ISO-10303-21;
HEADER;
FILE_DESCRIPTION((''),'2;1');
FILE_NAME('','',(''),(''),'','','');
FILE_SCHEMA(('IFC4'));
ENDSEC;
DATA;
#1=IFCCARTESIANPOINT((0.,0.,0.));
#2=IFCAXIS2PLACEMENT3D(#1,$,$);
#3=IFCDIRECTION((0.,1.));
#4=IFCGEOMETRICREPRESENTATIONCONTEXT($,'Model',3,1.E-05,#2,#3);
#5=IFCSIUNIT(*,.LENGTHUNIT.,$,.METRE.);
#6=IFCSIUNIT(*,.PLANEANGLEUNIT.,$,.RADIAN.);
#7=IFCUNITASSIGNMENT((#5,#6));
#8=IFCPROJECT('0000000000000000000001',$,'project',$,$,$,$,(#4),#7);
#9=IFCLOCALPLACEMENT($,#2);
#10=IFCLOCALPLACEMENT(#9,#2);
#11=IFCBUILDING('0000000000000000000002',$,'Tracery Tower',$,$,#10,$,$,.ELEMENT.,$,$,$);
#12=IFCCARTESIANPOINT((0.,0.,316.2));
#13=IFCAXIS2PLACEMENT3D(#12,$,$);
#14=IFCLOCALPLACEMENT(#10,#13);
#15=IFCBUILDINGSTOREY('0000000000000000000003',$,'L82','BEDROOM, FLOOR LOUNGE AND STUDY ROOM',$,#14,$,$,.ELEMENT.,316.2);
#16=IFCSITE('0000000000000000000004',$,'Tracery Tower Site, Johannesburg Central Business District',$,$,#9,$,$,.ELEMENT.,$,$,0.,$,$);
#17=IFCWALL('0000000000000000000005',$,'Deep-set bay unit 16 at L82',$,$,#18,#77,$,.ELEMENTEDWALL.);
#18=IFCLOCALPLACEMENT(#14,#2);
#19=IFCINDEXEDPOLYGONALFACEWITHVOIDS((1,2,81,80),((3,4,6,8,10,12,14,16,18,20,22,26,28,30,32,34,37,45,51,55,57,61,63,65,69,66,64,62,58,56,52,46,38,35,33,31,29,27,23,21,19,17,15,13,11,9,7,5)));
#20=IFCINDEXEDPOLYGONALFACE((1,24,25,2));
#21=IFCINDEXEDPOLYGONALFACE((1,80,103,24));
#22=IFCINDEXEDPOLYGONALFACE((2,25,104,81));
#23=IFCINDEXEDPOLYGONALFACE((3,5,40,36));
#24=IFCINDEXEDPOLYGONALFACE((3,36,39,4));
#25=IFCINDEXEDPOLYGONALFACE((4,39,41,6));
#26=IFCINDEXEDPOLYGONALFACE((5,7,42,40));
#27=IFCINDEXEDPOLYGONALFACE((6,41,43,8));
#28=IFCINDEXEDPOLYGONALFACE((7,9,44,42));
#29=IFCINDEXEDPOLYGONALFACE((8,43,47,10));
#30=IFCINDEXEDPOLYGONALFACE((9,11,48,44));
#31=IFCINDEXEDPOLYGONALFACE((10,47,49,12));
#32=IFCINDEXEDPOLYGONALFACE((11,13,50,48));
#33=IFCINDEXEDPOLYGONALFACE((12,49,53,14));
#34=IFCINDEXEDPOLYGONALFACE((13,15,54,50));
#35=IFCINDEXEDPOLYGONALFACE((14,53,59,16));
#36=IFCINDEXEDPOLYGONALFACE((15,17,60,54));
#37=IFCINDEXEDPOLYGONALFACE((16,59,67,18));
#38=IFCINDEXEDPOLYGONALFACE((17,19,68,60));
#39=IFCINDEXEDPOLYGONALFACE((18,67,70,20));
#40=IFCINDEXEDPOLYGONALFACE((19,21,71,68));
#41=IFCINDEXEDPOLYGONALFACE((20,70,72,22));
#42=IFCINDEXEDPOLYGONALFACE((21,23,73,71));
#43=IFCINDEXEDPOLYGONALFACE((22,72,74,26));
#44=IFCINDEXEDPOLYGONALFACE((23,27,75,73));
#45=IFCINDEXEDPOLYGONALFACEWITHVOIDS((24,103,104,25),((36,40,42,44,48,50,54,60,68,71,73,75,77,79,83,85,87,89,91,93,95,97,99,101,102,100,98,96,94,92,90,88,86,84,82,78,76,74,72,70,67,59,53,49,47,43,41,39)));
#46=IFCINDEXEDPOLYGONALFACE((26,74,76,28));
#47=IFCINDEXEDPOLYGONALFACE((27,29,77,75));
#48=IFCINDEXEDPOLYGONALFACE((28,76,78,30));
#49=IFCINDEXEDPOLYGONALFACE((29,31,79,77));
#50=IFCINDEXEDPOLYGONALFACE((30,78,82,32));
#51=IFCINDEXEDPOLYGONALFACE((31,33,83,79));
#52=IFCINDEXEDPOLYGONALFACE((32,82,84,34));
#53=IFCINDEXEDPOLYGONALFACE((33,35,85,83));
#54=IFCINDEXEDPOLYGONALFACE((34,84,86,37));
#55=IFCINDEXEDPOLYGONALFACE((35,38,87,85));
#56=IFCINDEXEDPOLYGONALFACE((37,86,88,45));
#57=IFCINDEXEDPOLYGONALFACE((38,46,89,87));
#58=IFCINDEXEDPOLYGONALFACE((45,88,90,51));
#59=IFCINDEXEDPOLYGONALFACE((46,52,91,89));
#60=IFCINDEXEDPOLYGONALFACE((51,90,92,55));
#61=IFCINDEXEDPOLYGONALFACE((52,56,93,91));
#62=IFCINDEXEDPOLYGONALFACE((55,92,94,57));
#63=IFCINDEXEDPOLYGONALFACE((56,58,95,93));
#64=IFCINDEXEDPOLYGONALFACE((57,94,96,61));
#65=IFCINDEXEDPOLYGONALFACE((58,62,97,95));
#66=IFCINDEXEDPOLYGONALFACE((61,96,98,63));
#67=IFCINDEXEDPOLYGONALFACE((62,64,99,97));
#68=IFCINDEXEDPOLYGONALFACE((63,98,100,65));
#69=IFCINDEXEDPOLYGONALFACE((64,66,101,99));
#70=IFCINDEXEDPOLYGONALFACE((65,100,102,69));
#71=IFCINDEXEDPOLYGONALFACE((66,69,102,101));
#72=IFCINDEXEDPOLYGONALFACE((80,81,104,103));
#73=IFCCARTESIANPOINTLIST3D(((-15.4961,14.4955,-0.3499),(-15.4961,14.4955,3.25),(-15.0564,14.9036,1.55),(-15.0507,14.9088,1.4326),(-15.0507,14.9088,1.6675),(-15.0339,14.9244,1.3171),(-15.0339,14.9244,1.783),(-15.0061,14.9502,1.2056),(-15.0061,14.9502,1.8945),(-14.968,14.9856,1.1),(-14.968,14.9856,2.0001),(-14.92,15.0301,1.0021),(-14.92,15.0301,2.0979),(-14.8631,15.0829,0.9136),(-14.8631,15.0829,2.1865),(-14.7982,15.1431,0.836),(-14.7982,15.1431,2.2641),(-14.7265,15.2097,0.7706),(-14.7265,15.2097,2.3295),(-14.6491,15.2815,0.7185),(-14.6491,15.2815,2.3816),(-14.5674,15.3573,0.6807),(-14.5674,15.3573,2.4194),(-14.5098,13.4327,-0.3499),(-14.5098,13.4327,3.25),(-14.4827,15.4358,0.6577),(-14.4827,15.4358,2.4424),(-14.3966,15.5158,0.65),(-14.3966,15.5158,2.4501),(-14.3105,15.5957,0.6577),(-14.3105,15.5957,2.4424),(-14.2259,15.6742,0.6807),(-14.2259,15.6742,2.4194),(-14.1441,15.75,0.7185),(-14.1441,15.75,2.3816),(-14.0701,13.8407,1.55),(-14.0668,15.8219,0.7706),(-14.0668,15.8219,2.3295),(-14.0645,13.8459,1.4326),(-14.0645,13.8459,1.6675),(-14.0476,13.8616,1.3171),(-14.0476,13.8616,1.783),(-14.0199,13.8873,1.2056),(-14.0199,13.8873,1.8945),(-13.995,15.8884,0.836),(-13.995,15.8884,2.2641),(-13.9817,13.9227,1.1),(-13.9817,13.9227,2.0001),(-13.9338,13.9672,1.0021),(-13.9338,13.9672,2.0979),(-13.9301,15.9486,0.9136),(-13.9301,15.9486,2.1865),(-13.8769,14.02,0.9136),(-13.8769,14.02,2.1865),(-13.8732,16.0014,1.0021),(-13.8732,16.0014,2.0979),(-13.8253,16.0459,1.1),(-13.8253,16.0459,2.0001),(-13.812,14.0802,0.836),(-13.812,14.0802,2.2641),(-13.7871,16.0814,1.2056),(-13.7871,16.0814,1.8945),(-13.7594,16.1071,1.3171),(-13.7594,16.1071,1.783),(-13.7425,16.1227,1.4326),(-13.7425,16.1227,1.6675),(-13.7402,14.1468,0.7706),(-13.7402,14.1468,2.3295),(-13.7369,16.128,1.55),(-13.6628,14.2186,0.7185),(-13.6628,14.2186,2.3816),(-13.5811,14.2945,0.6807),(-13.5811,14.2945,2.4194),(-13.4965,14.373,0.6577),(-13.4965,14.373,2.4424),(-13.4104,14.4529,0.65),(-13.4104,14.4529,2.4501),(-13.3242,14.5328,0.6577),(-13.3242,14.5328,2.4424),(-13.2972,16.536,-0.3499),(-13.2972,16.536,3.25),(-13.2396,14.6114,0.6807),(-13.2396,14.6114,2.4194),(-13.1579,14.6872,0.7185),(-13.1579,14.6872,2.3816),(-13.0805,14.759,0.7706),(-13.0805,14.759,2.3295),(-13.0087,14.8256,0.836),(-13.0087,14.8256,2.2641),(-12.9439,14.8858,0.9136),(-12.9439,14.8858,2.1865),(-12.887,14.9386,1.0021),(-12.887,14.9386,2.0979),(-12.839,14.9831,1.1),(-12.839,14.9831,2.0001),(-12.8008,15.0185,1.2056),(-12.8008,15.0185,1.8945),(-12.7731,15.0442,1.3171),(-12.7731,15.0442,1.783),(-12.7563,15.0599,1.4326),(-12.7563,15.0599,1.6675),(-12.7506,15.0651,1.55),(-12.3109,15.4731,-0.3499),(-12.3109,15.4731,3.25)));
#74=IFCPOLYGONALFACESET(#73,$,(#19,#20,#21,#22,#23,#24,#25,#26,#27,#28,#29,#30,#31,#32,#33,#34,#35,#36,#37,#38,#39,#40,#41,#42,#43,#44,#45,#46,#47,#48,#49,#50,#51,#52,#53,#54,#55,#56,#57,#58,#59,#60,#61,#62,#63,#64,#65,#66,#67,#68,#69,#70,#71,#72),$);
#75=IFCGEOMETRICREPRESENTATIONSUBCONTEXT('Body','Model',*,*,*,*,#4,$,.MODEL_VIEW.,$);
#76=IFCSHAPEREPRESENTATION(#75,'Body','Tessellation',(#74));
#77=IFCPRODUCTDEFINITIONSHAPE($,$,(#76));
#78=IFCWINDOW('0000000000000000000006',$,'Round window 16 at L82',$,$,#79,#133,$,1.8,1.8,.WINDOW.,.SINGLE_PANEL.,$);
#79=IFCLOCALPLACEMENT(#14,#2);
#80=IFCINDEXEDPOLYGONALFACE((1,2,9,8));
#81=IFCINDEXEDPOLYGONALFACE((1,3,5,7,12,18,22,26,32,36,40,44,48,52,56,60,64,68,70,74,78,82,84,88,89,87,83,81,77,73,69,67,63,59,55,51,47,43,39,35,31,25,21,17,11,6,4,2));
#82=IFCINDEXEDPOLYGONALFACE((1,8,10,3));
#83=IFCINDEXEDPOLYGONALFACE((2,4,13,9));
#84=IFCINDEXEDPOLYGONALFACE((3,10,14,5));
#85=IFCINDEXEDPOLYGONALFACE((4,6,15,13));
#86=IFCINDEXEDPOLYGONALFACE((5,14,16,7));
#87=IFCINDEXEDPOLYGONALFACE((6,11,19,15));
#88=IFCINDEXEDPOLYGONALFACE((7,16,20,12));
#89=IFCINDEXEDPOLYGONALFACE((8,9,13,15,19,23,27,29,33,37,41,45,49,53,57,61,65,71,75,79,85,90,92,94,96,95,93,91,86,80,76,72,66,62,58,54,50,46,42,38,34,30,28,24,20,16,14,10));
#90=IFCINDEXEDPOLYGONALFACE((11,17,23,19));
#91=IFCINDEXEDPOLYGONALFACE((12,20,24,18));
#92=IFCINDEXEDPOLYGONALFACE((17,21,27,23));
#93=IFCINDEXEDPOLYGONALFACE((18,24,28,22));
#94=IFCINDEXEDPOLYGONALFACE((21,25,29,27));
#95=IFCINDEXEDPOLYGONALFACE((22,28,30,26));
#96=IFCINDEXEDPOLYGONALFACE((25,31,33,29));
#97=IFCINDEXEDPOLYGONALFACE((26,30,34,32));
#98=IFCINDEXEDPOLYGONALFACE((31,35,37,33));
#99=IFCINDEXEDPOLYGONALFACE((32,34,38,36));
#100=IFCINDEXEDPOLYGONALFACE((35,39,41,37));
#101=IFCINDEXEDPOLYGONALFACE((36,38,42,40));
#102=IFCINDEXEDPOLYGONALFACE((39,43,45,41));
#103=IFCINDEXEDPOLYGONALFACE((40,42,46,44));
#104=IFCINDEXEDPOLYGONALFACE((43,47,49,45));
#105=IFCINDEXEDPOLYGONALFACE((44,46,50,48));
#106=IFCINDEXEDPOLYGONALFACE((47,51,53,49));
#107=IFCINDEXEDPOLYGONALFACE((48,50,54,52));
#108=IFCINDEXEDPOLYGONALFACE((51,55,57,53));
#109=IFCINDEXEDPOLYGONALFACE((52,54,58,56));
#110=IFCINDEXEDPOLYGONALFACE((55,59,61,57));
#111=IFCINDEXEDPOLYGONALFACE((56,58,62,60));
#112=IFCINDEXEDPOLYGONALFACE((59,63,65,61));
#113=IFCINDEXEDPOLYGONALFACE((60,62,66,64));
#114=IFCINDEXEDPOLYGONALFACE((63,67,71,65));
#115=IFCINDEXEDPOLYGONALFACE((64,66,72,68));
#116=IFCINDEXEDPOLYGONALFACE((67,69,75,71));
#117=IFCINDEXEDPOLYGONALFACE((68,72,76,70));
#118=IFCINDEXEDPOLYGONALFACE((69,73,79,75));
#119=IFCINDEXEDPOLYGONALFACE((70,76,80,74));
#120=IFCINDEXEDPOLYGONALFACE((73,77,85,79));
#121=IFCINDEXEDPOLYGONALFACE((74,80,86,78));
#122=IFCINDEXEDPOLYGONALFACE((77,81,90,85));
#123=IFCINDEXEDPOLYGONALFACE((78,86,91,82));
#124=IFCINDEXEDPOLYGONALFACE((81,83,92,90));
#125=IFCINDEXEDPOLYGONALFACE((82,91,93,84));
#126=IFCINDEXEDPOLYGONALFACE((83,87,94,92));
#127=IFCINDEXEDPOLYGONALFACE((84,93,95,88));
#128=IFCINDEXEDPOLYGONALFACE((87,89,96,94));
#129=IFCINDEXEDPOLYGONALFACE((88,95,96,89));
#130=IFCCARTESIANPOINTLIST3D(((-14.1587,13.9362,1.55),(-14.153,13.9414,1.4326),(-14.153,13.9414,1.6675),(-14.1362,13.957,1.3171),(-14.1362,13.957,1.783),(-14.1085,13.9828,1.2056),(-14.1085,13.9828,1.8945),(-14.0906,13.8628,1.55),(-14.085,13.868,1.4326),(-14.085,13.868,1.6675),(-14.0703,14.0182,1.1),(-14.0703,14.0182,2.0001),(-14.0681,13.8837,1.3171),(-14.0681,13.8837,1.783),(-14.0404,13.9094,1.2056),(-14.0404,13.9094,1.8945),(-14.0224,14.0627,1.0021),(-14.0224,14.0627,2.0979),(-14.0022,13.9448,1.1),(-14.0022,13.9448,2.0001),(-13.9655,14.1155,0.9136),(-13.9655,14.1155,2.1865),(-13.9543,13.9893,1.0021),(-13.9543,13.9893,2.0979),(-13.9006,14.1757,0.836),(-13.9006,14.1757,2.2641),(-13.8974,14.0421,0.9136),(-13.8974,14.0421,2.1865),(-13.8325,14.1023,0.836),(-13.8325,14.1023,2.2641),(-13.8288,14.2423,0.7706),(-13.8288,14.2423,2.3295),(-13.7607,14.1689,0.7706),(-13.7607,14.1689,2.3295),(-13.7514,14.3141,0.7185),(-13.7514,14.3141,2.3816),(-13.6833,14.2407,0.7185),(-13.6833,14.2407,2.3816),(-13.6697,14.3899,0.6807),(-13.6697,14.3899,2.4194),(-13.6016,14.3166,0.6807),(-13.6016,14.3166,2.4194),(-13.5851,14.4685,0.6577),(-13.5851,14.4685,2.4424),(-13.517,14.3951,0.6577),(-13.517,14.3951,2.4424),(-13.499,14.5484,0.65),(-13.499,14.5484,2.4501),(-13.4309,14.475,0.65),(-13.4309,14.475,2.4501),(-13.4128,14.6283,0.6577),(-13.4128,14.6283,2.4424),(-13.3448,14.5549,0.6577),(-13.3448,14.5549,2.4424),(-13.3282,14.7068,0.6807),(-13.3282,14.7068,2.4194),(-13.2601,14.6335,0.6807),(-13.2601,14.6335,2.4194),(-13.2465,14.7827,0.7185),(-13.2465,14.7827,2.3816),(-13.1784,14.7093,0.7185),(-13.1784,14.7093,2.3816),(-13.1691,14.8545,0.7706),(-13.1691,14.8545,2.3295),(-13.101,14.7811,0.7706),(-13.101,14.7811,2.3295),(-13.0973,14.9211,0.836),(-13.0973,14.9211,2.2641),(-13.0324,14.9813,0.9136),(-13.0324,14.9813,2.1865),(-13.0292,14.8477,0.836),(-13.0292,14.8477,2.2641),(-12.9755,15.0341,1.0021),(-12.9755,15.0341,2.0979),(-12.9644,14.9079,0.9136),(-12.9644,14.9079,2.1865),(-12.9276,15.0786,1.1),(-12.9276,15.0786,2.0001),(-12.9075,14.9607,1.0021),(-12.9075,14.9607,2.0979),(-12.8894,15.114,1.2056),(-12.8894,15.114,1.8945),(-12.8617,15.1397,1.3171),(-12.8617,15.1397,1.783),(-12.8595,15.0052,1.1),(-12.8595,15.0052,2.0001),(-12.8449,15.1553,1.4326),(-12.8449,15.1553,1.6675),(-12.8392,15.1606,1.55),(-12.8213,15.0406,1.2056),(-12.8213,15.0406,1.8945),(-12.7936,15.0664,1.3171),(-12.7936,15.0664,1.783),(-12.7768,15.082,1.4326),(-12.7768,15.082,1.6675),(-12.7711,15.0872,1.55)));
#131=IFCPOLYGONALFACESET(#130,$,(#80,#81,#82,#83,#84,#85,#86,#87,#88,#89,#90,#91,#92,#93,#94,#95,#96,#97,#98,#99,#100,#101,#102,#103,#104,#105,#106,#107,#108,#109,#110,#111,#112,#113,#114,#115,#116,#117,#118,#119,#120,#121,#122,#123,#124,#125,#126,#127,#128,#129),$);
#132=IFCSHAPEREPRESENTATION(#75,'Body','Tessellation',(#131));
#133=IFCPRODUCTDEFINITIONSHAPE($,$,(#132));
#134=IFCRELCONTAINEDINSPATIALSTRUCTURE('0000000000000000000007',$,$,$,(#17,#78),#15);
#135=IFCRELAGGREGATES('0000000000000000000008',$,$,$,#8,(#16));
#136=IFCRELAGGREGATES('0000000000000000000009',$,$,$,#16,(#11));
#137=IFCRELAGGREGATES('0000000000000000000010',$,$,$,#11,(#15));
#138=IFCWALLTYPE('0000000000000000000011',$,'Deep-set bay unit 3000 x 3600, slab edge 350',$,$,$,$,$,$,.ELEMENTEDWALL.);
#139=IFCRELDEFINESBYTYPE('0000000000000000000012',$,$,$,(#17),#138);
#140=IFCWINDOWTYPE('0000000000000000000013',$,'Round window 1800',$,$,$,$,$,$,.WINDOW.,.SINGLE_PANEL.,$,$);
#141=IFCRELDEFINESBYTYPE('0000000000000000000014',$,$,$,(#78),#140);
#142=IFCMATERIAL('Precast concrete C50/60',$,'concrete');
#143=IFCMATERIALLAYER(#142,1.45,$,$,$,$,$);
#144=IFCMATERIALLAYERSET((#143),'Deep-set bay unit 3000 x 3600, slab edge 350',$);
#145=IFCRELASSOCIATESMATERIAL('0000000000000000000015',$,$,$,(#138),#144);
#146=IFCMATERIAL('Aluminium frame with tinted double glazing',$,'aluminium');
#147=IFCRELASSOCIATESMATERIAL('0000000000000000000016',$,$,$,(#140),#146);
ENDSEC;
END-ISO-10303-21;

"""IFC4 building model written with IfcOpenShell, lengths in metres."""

from ifc_helpers import new_model, si_unit, direction, frame, frame_2d, origin, origin_2d, place, context, subcontext, project, spatial, rectangle, circle, extrude, material, layer, layer_set, type_object, element, fill, save


model = new_model("IFC4")

# Units and contexts
model_context = context("Model", 3, precision=1e-05, world=origin(), true_north=direction((0.0, 1.0)))
body_context = subcontext(model_context, "Body", "Model", "MODEL_VIEW")
ifc_project = project(units=[si_unit("LENGTHUNIT", "METRE"), si_unit("PLANEANGLEUNIT", "RADIAN")], contexts=[model_context])

# Site, building, storey
site_placement = place(None, origin())
site = spatial("IfcSite", under=ifc_project, at=site_placement, Name="Tracery Tower Site, Johannesburg Central Business District", CompositionType="ELEMENT", RefElevation=0.0)
building_placement = place(site_placement, origin())
building = spatial("IfcBuilding", under=site, at=building_placement, Name="Tracery Tower", CompositionType="ELEMENT")
storey_placement = place(building_placement, frame((0.0, 0.0, 316.2)))
storey = spatial("IfcBuildingStorey", under=building, at=storey_placement, Name="L82", Description="BEDROOM, FLOOR LOUNGE AND STUDY ROOM", CompositionType="ELEMENT", Elevation=316.2)

# Wall, opening, window
ifc_material_1 = material(Name="Precast concrete C50/60", Category="concrete")
ifc_layer_1 = layer(ifc_material_1, 1.45)
ifc_layer_set_1 = layer_set([ifc_layer_1], Name="Deep-set bay unit 3000 x 3600, slab edge 350")
wall_type_1 = type_object("IfcWallType", Name="Deep-set bay unit 3000 x 3600, slab edge 350", PredefinedType="ELEMENTEDWALL", material=ifc_layer_set_1)
wall_1_placement = place(storey_placement, frame((-12.804, 16.0046, -0.3499), z_axis=(0.0, 0.0, 1.0), x_axis=(-0.733022, -0.680204, 0.0)))
wall_1 = element("IfcWall", 1, at=wall_1_placement, inside=storey, type_object=wall_type_1, Name="Deep-set bay unit 16 at L82", PredefinedType="ELEMENTEDWALL", context=body_context, shape_type="SweptSolid", body=[
    extrude(rectangle(XDim=2.9998, YDim=1.45, at=frame_2d((1.5, 0.0))), origin(), (0.0, 0.0, 1.0), 3.5999),
])
opening_1_placement = place(wall_1_placement, frame((1.5, 0.0, 1.8999)))
opening_1 = element("IfcOpeningElement", 2, at=opening_1_placement, cuts=wall_1, PredefinedType="OPENING", context=body_context, shape_type="SweptSolid", body=[
    extrude(circle(Radius=0.9, at=origin_2d()), frame((0.0, 0.7349, 0.0), z_axis=(0.0, -1.0, 0.0), x_axis=(1.0, 0.0, 0.0)), (0.0, 0.0, 1.0), 1.47),
])
ifc_material_2 = material(Name="Aluminium frame with tinted double glazing", Category="aluminium")
window_type = type_object("IfcWindowType", Name="Round window 1800", PartitioningType="SINGLE_PANEL", PredefinedType="WINDOW", material=ifc_material_2)
window_1_placement = place(opening_1_placement, origin())
window_1 = element("IfcWindow", 3, at=window_1_placement, inside=storey, type_object=window_type, Name="Round window 16 at L82", OverallHeight=1.8, OverallWidth=1.8, PartitioningType="SINGLE_PANEL", PredefinedType="WINDOW", context=body_context, shape_type="SweptSolid", body=[
    extrude(circle(Radius=0.9, at=origin_2d()), frame((0.0, 0.6948, 0.0), z_axis=(0.0, -1.0, 0.0), x_axis=(1.0, 0.0, 0.0)), (0.0, 0.0, 1.0), 0.1001),
])
fill(opening_1, window_1)

save(model, "model.ifc")
